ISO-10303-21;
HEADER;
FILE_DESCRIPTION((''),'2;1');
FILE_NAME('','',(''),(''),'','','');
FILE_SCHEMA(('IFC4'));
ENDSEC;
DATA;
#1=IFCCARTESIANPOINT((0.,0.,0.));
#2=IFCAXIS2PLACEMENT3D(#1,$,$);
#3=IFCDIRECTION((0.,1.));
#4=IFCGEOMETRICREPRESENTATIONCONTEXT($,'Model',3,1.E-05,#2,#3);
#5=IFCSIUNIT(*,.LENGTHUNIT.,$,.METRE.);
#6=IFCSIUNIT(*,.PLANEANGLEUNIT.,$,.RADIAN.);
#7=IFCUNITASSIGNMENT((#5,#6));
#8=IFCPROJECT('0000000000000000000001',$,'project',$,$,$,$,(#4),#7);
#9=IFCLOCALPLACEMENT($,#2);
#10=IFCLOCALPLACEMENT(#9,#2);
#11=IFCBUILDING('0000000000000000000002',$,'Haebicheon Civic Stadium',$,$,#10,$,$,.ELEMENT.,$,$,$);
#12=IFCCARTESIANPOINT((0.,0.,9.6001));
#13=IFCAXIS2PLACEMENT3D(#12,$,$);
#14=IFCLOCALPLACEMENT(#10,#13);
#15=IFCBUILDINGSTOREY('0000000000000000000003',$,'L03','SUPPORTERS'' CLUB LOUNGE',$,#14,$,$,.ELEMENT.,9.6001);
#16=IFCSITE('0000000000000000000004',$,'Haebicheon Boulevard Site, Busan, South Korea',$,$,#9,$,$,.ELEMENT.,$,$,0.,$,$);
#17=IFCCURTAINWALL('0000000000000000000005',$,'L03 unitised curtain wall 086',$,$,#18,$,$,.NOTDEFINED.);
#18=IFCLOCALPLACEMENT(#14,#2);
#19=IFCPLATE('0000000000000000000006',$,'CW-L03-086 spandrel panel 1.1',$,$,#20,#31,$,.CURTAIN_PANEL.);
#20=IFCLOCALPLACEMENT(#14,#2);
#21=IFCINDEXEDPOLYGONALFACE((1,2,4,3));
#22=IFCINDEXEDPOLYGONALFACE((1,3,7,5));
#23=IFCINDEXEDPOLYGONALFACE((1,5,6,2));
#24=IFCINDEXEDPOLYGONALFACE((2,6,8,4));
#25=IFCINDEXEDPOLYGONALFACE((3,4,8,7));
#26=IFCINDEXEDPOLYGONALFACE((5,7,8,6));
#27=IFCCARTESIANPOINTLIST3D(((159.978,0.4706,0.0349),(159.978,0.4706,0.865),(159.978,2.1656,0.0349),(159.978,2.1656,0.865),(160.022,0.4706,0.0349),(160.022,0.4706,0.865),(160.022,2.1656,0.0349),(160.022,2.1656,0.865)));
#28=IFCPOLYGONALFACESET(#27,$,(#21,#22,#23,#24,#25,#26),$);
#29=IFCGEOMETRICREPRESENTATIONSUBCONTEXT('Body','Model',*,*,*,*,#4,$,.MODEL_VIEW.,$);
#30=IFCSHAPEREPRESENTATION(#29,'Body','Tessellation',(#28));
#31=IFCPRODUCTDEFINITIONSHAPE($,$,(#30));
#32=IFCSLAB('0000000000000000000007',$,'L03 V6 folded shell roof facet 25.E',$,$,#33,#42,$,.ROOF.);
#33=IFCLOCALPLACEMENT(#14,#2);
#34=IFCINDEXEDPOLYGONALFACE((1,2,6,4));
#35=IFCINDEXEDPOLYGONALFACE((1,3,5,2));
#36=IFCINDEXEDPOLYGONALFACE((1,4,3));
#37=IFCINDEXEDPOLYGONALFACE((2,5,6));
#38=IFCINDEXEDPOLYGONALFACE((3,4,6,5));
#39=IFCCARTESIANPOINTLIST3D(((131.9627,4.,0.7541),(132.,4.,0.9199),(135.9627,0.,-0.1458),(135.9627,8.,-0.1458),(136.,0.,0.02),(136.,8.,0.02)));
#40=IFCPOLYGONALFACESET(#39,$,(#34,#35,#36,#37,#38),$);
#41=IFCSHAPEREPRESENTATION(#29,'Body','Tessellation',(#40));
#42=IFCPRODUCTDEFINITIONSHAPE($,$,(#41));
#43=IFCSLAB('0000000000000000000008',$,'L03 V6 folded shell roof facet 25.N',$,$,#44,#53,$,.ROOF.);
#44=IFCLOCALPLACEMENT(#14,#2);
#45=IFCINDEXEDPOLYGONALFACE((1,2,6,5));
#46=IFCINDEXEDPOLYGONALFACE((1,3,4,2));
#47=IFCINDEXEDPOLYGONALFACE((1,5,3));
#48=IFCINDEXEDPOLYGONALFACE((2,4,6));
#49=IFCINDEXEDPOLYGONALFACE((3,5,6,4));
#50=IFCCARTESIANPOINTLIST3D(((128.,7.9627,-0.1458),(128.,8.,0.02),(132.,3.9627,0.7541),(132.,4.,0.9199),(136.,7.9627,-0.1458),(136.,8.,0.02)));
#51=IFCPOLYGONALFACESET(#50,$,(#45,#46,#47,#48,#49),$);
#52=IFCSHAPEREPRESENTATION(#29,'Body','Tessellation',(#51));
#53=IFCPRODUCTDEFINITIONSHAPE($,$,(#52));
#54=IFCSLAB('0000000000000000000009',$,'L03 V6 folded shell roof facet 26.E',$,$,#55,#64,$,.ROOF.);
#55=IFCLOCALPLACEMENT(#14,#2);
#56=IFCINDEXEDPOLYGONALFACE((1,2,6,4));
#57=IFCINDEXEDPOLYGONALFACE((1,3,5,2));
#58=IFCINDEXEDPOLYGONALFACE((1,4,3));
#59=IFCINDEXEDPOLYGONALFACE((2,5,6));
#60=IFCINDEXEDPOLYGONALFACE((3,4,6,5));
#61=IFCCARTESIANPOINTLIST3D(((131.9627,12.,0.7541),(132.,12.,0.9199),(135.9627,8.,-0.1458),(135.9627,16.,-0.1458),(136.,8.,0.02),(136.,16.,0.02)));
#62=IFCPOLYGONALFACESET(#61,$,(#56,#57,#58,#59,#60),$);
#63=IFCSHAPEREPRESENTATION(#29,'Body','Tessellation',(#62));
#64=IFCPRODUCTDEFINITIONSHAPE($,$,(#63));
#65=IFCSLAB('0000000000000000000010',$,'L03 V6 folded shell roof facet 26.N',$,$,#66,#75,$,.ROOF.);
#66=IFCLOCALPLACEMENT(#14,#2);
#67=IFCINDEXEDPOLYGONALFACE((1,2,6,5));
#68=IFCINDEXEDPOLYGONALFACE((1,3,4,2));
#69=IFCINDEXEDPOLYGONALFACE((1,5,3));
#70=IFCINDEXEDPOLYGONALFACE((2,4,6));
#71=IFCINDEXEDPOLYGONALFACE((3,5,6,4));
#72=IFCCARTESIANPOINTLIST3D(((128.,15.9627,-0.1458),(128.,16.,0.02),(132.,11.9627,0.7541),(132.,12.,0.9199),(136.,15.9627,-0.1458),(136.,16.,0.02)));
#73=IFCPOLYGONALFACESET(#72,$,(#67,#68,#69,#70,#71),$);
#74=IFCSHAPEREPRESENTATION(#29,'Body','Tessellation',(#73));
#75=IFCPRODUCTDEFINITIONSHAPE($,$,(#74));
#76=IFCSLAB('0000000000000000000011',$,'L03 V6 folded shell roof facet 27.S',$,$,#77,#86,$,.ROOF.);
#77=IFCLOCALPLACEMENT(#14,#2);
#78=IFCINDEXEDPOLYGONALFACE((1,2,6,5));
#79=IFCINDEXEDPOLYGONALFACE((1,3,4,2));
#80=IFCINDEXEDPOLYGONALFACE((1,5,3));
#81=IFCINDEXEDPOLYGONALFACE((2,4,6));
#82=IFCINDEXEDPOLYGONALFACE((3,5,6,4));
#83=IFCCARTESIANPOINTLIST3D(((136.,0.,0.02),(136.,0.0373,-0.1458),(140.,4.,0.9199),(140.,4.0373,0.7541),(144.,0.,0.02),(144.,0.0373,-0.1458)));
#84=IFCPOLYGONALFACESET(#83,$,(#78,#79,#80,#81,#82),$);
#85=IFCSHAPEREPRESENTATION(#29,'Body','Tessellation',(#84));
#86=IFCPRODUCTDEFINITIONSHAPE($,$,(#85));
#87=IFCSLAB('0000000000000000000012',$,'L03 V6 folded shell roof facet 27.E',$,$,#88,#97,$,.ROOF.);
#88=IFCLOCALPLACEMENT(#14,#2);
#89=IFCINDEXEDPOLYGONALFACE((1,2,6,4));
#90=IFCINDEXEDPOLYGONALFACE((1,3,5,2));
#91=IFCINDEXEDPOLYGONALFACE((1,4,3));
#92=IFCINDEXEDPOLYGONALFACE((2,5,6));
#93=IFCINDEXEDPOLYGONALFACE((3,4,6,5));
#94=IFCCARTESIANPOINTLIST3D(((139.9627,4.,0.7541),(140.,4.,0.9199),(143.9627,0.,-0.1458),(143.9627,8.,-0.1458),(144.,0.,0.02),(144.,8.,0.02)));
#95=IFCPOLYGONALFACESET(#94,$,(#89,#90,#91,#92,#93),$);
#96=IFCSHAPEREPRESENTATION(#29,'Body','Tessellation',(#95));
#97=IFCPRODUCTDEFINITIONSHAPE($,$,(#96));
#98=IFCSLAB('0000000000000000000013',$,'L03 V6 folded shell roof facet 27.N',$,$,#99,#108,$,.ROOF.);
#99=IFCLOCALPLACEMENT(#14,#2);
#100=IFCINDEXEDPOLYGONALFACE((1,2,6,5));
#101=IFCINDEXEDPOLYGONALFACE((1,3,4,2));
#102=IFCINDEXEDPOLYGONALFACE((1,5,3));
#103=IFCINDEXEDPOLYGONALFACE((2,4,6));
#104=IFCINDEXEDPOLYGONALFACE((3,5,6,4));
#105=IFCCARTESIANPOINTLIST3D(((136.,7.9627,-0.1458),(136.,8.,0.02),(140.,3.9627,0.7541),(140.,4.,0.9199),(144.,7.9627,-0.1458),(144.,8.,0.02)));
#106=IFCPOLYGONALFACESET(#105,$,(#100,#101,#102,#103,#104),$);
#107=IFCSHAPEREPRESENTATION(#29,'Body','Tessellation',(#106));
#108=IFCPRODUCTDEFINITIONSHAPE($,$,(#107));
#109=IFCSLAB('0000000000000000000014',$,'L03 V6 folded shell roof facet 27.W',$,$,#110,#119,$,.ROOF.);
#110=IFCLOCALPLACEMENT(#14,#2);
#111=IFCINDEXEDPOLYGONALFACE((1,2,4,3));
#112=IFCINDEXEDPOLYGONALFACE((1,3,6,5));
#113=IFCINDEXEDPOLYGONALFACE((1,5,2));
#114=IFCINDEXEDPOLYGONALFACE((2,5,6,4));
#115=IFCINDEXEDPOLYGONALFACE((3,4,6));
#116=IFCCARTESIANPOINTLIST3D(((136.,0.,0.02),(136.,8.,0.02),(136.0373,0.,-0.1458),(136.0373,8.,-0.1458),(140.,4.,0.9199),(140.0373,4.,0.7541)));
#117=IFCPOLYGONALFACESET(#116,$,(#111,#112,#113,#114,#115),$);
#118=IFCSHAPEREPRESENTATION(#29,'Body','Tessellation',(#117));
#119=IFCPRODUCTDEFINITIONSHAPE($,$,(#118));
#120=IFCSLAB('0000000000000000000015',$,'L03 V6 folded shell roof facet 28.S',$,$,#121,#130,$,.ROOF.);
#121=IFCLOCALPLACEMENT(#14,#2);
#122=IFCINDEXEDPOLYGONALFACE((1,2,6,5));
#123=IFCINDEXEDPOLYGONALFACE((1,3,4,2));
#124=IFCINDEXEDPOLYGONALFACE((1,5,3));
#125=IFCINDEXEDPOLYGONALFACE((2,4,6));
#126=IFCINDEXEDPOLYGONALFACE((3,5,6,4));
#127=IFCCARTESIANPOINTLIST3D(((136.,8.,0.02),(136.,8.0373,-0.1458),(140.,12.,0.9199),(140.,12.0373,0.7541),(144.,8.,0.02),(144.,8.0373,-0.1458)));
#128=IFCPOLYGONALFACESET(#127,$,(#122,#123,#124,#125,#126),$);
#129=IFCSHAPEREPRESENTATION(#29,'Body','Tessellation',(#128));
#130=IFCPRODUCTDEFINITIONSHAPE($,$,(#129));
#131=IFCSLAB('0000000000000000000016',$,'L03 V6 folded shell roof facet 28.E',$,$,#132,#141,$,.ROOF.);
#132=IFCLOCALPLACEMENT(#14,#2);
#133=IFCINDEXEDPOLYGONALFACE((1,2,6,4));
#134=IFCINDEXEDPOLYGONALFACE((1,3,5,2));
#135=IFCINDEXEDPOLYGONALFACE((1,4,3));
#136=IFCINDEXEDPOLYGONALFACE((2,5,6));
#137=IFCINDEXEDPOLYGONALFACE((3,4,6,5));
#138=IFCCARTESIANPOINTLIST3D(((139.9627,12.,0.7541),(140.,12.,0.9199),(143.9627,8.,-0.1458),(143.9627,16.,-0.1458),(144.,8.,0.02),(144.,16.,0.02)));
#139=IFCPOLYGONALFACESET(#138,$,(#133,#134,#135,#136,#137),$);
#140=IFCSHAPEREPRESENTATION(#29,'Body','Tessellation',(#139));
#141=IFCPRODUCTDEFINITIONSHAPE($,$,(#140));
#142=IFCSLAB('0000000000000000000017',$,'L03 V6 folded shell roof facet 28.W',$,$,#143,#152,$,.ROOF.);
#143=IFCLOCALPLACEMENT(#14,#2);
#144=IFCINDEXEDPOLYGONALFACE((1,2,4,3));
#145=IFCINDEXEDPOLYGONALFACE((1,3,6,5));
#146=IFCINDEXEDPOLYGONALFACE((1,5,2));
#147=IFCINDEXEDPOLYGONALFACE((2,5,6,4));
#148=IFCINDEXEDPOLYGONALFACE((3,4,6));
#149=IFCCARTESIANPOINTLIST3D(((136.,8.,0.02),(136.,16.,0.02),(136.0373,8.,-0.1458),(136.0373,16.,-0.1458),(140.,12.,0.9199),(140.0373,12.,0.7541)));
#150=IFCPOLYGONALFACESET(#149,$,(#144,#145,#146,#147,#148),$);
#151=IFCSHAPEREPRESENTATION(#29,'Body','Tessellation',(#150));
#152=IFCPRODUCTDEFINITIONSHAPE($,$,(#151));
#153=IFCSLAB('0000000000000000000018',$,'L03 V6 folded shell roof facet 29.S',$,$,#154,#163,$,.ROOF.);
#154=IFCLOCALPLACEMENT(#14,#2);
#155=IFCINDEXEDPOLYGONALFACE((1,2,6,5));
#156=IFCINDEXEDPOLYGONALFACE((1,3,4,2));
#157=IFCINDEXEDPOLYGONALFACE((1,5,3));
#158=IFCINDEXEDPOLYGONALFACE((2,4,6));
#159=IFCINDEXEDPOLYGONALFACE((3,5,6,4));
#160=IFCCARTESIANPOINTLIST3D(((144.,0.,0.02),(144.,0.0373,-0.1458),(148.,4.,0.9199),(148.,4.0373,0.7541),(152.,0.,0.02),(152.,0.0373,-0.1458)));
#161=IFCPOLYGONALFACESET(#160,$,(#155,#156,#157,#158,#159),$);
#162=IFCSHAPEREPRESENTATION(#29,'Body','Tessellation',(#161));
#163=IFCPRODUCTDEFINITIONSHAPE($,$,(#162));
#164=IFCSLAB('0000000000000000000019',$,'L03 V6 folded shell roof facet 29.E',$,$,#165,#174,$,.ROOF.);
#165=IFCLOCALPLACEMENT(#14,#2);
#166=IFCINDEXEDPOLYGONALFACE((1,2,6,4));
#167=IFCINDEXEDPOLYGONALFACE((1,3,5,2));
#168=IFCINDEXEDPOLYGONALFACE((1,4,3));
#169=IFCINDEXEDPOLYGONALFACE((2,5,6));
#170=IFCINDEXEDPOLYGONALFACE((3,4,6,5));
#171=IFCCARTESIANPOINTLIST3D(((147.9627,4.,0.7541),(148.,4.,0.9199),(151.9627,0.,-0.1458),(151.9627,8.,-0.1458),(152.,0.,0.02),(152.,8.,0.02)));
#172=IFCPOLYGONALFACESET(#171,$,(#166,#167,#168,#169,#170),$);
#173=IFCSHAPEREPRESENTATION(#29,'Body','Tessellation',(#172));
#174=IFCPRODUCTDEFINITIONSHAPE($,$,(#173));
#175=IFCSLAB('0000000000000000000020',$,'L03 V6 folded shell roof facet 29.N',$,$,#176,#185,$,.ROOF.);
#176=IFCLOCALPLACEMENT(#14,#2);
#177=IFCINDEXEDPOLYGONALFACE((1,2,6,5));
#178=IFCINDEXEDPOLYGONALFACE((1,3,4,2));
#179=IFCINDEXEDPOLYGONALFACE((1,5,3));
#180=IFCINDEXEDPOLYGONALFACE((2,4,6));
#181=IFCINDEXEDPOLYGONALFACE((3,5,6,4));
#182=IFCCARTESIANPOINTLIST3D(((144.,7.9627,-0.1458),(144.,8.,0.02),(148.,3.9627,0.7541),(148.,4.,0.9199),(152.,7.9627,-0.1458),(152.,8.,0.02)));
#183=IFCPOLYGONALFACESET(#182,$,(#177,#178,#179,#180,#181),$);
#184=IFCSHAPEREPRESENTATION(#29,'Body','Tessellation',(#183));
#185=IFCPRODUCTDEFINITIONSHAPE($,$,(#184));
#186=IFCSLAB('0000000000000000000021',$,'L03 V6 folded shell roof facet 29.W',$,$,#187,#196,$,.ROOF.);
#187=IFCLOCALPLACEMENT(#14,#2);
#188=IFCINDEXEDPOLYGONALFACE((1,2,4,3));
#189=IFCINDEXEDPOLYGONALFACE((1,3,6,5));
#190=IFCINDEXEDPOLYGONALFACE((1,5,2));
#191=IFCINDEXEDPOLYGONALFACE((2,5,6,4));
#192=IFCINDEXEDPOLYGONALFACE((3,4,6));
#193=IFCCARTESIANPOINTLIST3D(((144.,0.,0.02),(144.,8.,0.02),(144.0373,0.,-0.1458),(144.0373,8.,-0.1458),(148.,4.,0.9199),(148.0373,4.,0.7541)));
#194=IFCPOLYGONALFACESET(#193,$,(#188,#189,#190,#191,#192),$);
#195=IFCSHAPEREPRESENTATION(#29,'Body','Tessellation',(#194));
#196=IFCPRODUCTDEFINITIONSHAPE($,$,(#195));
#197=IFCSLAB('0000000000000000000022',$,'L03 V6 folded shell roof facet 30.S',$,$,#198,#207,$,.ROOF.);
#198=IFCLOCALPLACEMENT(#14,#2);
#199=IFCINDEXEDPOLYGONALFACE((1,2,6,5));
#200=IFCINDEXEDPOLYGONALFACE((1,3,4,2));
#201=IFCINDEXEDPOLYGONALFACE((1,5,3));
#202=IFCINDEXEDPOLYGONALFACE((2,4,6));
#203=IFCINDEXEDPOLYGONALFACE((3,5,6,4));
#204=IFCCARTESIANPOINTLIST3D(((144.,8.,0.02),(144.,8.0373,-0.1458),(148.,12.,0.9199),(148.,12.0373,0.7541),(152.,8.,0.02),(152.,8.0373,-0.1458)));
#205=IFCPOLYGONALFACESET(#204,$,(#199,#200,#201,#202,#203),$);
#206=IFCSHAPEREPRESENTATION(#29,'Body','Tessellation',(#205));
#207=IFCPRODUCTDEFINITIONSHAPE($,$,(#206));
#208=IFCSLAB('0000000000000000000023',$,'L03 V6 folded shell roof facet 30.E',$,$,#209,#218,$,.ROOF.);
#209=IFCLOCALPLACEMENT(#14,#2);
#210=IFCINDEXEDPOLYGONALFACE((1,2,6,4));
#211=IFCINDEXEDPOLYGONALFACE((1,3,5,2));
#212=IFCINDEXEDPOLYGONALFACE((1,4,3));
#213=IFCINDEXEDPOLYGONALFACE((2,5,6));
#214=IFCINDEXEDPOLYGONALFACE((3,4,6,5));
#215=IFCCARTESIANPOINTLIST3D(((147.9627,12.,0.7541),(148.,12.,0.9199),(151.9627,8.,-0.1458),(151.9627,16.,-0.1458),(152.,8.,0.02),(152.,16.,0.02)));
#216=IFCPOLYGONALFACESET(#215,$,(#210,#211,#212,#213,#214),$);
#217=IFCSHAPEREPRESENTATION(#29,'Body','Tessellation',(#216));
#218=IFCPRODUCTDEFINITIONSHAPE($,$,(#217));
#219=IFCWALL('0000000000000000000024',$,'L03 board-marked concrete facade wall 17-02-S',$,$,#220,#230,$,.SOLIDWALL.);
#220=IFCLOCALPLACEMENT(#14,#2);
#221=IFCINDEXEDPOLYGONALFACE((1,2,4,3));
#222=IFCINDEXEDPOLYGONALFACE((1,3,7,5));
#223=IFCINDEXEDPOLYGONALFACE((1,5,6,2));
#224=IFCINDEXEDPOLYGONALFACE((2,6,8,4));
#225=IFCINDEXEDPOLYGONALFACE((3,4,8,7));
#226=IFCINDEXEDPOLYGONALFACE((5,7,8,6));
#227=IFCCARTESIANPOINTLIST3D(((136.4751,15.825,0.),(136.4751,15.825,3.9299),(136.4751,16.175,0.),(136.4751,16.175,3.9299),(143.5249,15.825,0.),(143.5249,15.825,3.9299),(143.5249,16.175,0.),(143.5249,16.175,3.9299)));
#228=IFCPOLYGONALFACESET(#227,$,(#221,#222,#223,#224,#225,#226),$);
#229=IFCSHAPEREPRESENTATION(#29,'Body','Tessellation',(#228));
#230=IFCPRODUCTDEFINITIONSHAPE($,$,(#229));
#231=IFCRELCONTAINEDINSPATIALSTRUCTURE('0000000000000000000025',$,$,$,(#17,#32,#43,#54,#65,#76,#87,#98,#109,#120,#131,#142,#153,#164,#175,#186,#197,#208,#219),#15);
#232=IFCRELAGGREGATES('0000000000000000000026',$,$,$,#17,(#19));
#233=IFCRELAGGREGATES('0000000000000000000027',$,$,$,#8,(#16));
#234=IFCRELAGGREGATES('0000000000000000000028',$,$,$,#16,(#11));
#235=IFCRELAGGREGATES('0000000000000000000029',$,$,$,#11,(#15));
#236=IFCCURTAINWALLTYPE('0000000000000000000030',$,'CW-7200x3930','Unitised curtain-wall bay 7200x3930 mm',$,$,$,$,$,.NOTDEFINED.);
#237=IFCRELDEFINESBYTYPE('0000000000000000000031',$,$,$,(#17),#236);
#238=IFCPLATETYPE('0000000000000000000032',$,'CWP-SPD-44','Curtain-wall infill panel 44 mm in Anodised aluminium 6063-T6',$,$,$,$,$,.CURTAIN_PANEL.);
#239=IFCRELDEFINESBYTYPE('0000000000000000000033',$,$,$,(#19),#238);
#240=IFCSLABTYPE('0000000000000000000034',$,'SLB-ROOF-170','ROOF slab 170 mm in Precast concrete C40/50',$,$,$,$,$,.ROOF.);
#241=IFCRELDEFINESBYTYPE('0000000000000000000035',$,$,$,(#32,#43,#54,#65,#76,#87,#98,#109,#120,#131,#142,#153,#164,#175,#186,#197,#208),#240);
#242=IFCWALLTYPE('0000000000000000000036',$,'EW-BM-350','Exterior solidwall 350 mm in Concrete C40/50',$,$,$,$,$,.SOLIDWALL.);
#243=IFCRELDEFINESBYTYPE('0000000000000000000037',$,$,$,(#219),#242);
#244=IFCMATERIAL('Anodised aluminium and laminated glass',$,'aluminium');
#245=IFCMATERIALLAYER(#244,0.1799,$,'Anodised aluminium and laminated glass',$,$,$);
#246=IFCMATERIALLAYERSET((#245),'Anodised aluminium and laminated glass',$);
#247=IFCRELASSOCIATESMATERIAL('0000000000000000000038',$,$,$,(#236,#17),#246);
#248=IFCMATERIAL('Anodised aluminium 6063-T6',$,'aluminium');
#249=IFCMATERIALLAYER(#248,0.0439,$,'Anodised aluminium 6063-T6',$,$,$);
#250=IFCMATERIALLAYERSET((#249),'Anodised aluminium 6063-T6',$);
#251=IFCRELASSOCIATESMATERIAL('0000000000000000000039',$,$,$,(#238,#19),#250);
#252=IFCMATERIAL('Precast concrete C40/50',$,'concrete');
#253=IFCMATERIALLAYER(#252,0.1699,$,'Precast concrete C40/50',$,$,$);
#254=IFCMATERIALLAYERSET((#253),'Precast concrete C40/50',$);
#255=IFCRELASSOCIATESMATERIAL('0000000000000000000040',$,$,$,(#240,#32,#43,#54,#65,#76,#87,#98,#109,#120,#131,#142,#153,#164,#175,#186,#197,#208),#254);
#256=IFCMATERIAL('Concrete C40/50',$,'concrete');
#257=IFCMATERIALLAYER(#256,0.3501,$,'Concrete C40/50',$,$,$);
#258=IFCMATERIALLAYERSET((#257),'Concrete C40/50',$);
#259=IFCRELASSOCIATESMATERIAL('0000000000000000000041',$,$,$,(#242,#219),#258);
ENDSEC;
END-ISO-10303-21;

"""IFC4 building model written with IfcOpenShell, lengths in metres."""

from ifc_helpers import new_model, si_unit, direction, frame, frame_2d, origin, origin_2d, place, context, subcontext, project, spatial, polyline, rectangle, outline, extrude, material, layer, layer_set, type_object, element, aggregate, save


model = new_model("IFC4")

# Units and contexts
model_context = context("Model", 3, precision=1e-05, world=origin(), true_north=direction((0.0, 1.0)))
body_context = subcontext(model_context, "Body", "Model", "MODEL_VIEW")
ifc_project = project(units=[si_unit("LENGTHUNIT", "METRE"), si_unit("PLANEANGLEUNIT", "RADIAN")], contexts=[model_context])

# Site, building, storey
site_placement = place(None, origin())
site = spatial("IfcSite", under=ifc_project, at=site_placement, Name="Haebicheon Boulevard Site, Busan, South Korea", CompositionType="ELEMENT", RefElevation=0.0)
building_placement = place(site_placement, origin())
building = spatial("IfcBuilding", under=site, at=building_placement, Name="Haebicheon Civic Stadium", CompositionType="ELEMENT")
storey_placement = place(building_placement, frame((0.0, 0.0, 9.6001)))
storey = spatial("IfcBuildingStorey", under=building, at=storey_placement, Name="L03", Description="SUPPORTERS' CLUB LOUNGE", CompositionType="ELEMENT", Elevation=9.6001)

# Curtain wall
ifc_material_1 = material(Name="Anodised aluminium and laminated glass", Category="aluminium")
ifc_layer_1 = layer(ifc_material_1, 0.1799, Name="Anodised aluminium and laminated glass")
ifc_layer_set_1 = layer_set([ifc_layer_1], Name="Anodised aluminium and laminated glass")
curtain_wall_type = type_object("IfcCurtainWallType", Name="CW-7200x3930", Description="Unitised curtain-wall bay 7200x3930 mm", PredefinedType="NOTDEFINED", material=ifc_layer_set_1)
curtain_wall_placement = place(storey_placement, origin())
curtain_wall = element("IfcCurtainWall", 1, at=curtain_wall_placement, inside=storey, type_object=curtain_wall_type, material=ifc_layer_set_1, Name="L03 unitised curtain wall 086", PredefinedType="NOTDEFINED")

# Plate
ifc_material_2 = material(Name="Anodised aluminium 6063-T6", Category="aluminium")
ifc_layer_2 = layer(ifc_material_2, 0.0439, Name="Anodised aluminium 6063-T6")
ifc_layer_set_2 = layer_set([ifc_layer_2], Name="Anodised aluminium 6063-T6")
plate_type_1 = type_object("IfcPlateType", Name="CWP-SPD-44", Description="Curtain-wall infill panel 44 mm in Anodised aluminium 6063-T6", PredefinedType="CURTAIN_PANEL", material=ifc_layer_set_2)
plate_1_placement = place(storey_placement, frame((160.0, 1.3181, 0.0349), z_axis=(0.0, 0.0, 1.0), x_axis=(0.0, 1.0, 0.0)))
plate_1 = element("IfcPlate", 2, at=plate_1_placement, type_object=plate_type_1, material=ifc_layer_set_2, Name="CW-L03-086 spandrel panel 1.1", PredefinedType="CURTAIN_PANEL", context=body_context, shape_type="SweptSolid", body=[
    extrude(rectangle(XDim=1.6951, YDim=0.0439, at=origin_2d()), origin(), (0.0, 0.0, 1.0), 0.8301),
])
aggregate(curtain_wall, [plate_1])

# Slabs
ifc_material_3 = material(Name="Precast concrete C40/50", Category="concrete")
ifc_layer_3 = layer(ifc_material_3, 0.1699, Name="Precast concrete C40/50")
ifc_layer_set_3 = layer_set([ifc_layer_3], Name="Precast concrete C40/50")
slab_type = type_object("IfcSlabType", Name="SLB-ROOF-170", Description="ROOF slab 170 mm in Precast concrete C40/50", PredefinedType="ROOF", material=ifc_layer_set_3)
for number, where, z_axis, x_axis, name in (
    (3, (136.0, 0.0, 0.02), (0.21949, 0.0, 0.975615), (0.0, 1.0, 0.0), "L03 V6 folded shell roof facet 25.E"),
    (4, (136.0, 8.0, 0.02), (0.0, 0.21949, 0.975615), (-1.0, 0.0, 0.0), "L03 V6 folded shell roof facet 25.N"),
    (5, (136.0, 8.0, 0.02), (0.21949, 0.0, 0.975615), (0.0, 1.0, 0.0), "L03 V6 folded shell roof facet 26.E"),
    (6, (136.0, 16.0, 0.02), (0.0, 0.21949, 0.975615), (-1.0, 0.0, 0.0), "L03 V6 folded shell roof facet 26.N"),
    (7, (136.0, 0.0, 0.02), (0.0, -0.21949, 0.975615), (1.0, 0.0, 0.0), "L03 V6 folded shell roof facet 27.S"),
    (8, (144.0, 0.0, 0.02), (0.21949, 0.0, 0.975615), (0.0, 1.0, 0.0), "L03 V6 folded shell roof facet 27.E"),
    (9, (144.0, 8.0, 0.02), (0.0, 0.21949, 0.975615), (-1.0, 0.0, 0.0), "L03 V6 folded shell roof facet 27.N"),
    (10, (136.0, 8.0, 0.02), (-0.21949, 0.0, 0.975615), (0.0, -1.0, 0.0), "L03 V6 folded shell roof facet 27.W"),
    (11, (136.0, 8.0, 0.02), (0.0, -0.21949, 0.975615), (1.0, 0.0, 0.0), "L03 V6 folded shell roof facet 28.S"),
    (12, (144.0, 8.0, 0.02), (0.21949, 0.0, 0.975615), (0.0, 1.0, 0.0), "L03 V6 folded shell roof facet 28.E"),
    (13, (136.0, 16.0, 0.02), (-0.21949, 0.0, 0.975615), (0.0, -1.0, 0.0), "L03 V6 folded shell roof facet 28.W"),
    (14, (144.0, 0.0, 0.02), (0.0, -0.21949, 0.975615), (1.0, 0.0, 0.0), "L03 V6 folded shell roof facet 29.S"),
    (15, (152.0, 0.0, 0.02), (0.21949, 0.0, 0.975615), (0.0, 1.0, 0.0), "L03 V6 folded shell roof facet 29.E"),
    (16, (152.0, 8.0, 0.02), (0.0, 0.21949, 0.975615), (-1.0, 0.0, 0.0), "L03 V6 folded shell roof facet 29.N"),
    (17, (144.0, 8.0, 0.02), (-0.21949, 0.0, 0.975615), (0.0, -1.0, 0.0), "L03 V6 folded shell roof facet 29.W"),
    (18, (144.0, 8.0, 0.02), (0.0, -0.21949, 0.975615), (1.0, 0.0, 0.0), "L03 V6 folded shell roof facet 30.S"),
    (19, (152.0, 8.0, 0.02), (0.21949, 0.0, 0.975615), (0.0, 1.0, 0.0), "L03 V6 folded shell roof facet 30.E"),
):
    element("IfcSlab", number, at=place(storey_placement, frame(where, z_axis=z_axis, x_axis=x_axis)), inside=storey, type_object=slab_type, material=ifc_layer_set_3, Name=name, PredefinedType="ROOF", context=body_context, shape_type="SweptSolid", body=[
        extrude(outline(polyline([(0.0, 0.0), (8.0, 0.0), (4.0, 4.1), (0.0, 0.0)])), origin(), (0.0, 0.0, -1.0), 0.1699),
    ])

# Wall
ifc_material_4 = material(Name="Concrete C40/50", Category="concrete")
ifc_layer_4 = layer(ifc_material_4, 0.3501, Name="Concrete C40/50")
ifc_layer_set_4 = layer_set([ifc_layer_4], Name="Concrete C40/50")
wall_type = type_object("IfcWallType", Name="EW-BM-350", Description="Exterior solidwall 350 mm in Concrete C40/50", PredefinedType="SOLIDWALL", material=ifc_layer_set_4)
wall_placement = place(storey_placement, frame((136.4751, 16.0, 0.0), z_axis=(0.0, 0.0, 1.0), x_axis=(1.0, 0.0, 0.0)))
element("IfcWall", 20, at=wall_placement, inside=storey, type_object=wall_type, material=ifc_layer_set_4, Name="L03 board-marked concrete facade wall 17-02-S", PredefinedType="SOLIDWALL", context=body_context, shape_type="SweptSolid", body=[
    extrude(rectangle(XDim=7.0498, YDim=0.3501, at=frame_2d((3.5249, 0.0))), origin(), (0.0, 0.0, 1.0), 3.9299),
])

save(model, "model.ifc")
